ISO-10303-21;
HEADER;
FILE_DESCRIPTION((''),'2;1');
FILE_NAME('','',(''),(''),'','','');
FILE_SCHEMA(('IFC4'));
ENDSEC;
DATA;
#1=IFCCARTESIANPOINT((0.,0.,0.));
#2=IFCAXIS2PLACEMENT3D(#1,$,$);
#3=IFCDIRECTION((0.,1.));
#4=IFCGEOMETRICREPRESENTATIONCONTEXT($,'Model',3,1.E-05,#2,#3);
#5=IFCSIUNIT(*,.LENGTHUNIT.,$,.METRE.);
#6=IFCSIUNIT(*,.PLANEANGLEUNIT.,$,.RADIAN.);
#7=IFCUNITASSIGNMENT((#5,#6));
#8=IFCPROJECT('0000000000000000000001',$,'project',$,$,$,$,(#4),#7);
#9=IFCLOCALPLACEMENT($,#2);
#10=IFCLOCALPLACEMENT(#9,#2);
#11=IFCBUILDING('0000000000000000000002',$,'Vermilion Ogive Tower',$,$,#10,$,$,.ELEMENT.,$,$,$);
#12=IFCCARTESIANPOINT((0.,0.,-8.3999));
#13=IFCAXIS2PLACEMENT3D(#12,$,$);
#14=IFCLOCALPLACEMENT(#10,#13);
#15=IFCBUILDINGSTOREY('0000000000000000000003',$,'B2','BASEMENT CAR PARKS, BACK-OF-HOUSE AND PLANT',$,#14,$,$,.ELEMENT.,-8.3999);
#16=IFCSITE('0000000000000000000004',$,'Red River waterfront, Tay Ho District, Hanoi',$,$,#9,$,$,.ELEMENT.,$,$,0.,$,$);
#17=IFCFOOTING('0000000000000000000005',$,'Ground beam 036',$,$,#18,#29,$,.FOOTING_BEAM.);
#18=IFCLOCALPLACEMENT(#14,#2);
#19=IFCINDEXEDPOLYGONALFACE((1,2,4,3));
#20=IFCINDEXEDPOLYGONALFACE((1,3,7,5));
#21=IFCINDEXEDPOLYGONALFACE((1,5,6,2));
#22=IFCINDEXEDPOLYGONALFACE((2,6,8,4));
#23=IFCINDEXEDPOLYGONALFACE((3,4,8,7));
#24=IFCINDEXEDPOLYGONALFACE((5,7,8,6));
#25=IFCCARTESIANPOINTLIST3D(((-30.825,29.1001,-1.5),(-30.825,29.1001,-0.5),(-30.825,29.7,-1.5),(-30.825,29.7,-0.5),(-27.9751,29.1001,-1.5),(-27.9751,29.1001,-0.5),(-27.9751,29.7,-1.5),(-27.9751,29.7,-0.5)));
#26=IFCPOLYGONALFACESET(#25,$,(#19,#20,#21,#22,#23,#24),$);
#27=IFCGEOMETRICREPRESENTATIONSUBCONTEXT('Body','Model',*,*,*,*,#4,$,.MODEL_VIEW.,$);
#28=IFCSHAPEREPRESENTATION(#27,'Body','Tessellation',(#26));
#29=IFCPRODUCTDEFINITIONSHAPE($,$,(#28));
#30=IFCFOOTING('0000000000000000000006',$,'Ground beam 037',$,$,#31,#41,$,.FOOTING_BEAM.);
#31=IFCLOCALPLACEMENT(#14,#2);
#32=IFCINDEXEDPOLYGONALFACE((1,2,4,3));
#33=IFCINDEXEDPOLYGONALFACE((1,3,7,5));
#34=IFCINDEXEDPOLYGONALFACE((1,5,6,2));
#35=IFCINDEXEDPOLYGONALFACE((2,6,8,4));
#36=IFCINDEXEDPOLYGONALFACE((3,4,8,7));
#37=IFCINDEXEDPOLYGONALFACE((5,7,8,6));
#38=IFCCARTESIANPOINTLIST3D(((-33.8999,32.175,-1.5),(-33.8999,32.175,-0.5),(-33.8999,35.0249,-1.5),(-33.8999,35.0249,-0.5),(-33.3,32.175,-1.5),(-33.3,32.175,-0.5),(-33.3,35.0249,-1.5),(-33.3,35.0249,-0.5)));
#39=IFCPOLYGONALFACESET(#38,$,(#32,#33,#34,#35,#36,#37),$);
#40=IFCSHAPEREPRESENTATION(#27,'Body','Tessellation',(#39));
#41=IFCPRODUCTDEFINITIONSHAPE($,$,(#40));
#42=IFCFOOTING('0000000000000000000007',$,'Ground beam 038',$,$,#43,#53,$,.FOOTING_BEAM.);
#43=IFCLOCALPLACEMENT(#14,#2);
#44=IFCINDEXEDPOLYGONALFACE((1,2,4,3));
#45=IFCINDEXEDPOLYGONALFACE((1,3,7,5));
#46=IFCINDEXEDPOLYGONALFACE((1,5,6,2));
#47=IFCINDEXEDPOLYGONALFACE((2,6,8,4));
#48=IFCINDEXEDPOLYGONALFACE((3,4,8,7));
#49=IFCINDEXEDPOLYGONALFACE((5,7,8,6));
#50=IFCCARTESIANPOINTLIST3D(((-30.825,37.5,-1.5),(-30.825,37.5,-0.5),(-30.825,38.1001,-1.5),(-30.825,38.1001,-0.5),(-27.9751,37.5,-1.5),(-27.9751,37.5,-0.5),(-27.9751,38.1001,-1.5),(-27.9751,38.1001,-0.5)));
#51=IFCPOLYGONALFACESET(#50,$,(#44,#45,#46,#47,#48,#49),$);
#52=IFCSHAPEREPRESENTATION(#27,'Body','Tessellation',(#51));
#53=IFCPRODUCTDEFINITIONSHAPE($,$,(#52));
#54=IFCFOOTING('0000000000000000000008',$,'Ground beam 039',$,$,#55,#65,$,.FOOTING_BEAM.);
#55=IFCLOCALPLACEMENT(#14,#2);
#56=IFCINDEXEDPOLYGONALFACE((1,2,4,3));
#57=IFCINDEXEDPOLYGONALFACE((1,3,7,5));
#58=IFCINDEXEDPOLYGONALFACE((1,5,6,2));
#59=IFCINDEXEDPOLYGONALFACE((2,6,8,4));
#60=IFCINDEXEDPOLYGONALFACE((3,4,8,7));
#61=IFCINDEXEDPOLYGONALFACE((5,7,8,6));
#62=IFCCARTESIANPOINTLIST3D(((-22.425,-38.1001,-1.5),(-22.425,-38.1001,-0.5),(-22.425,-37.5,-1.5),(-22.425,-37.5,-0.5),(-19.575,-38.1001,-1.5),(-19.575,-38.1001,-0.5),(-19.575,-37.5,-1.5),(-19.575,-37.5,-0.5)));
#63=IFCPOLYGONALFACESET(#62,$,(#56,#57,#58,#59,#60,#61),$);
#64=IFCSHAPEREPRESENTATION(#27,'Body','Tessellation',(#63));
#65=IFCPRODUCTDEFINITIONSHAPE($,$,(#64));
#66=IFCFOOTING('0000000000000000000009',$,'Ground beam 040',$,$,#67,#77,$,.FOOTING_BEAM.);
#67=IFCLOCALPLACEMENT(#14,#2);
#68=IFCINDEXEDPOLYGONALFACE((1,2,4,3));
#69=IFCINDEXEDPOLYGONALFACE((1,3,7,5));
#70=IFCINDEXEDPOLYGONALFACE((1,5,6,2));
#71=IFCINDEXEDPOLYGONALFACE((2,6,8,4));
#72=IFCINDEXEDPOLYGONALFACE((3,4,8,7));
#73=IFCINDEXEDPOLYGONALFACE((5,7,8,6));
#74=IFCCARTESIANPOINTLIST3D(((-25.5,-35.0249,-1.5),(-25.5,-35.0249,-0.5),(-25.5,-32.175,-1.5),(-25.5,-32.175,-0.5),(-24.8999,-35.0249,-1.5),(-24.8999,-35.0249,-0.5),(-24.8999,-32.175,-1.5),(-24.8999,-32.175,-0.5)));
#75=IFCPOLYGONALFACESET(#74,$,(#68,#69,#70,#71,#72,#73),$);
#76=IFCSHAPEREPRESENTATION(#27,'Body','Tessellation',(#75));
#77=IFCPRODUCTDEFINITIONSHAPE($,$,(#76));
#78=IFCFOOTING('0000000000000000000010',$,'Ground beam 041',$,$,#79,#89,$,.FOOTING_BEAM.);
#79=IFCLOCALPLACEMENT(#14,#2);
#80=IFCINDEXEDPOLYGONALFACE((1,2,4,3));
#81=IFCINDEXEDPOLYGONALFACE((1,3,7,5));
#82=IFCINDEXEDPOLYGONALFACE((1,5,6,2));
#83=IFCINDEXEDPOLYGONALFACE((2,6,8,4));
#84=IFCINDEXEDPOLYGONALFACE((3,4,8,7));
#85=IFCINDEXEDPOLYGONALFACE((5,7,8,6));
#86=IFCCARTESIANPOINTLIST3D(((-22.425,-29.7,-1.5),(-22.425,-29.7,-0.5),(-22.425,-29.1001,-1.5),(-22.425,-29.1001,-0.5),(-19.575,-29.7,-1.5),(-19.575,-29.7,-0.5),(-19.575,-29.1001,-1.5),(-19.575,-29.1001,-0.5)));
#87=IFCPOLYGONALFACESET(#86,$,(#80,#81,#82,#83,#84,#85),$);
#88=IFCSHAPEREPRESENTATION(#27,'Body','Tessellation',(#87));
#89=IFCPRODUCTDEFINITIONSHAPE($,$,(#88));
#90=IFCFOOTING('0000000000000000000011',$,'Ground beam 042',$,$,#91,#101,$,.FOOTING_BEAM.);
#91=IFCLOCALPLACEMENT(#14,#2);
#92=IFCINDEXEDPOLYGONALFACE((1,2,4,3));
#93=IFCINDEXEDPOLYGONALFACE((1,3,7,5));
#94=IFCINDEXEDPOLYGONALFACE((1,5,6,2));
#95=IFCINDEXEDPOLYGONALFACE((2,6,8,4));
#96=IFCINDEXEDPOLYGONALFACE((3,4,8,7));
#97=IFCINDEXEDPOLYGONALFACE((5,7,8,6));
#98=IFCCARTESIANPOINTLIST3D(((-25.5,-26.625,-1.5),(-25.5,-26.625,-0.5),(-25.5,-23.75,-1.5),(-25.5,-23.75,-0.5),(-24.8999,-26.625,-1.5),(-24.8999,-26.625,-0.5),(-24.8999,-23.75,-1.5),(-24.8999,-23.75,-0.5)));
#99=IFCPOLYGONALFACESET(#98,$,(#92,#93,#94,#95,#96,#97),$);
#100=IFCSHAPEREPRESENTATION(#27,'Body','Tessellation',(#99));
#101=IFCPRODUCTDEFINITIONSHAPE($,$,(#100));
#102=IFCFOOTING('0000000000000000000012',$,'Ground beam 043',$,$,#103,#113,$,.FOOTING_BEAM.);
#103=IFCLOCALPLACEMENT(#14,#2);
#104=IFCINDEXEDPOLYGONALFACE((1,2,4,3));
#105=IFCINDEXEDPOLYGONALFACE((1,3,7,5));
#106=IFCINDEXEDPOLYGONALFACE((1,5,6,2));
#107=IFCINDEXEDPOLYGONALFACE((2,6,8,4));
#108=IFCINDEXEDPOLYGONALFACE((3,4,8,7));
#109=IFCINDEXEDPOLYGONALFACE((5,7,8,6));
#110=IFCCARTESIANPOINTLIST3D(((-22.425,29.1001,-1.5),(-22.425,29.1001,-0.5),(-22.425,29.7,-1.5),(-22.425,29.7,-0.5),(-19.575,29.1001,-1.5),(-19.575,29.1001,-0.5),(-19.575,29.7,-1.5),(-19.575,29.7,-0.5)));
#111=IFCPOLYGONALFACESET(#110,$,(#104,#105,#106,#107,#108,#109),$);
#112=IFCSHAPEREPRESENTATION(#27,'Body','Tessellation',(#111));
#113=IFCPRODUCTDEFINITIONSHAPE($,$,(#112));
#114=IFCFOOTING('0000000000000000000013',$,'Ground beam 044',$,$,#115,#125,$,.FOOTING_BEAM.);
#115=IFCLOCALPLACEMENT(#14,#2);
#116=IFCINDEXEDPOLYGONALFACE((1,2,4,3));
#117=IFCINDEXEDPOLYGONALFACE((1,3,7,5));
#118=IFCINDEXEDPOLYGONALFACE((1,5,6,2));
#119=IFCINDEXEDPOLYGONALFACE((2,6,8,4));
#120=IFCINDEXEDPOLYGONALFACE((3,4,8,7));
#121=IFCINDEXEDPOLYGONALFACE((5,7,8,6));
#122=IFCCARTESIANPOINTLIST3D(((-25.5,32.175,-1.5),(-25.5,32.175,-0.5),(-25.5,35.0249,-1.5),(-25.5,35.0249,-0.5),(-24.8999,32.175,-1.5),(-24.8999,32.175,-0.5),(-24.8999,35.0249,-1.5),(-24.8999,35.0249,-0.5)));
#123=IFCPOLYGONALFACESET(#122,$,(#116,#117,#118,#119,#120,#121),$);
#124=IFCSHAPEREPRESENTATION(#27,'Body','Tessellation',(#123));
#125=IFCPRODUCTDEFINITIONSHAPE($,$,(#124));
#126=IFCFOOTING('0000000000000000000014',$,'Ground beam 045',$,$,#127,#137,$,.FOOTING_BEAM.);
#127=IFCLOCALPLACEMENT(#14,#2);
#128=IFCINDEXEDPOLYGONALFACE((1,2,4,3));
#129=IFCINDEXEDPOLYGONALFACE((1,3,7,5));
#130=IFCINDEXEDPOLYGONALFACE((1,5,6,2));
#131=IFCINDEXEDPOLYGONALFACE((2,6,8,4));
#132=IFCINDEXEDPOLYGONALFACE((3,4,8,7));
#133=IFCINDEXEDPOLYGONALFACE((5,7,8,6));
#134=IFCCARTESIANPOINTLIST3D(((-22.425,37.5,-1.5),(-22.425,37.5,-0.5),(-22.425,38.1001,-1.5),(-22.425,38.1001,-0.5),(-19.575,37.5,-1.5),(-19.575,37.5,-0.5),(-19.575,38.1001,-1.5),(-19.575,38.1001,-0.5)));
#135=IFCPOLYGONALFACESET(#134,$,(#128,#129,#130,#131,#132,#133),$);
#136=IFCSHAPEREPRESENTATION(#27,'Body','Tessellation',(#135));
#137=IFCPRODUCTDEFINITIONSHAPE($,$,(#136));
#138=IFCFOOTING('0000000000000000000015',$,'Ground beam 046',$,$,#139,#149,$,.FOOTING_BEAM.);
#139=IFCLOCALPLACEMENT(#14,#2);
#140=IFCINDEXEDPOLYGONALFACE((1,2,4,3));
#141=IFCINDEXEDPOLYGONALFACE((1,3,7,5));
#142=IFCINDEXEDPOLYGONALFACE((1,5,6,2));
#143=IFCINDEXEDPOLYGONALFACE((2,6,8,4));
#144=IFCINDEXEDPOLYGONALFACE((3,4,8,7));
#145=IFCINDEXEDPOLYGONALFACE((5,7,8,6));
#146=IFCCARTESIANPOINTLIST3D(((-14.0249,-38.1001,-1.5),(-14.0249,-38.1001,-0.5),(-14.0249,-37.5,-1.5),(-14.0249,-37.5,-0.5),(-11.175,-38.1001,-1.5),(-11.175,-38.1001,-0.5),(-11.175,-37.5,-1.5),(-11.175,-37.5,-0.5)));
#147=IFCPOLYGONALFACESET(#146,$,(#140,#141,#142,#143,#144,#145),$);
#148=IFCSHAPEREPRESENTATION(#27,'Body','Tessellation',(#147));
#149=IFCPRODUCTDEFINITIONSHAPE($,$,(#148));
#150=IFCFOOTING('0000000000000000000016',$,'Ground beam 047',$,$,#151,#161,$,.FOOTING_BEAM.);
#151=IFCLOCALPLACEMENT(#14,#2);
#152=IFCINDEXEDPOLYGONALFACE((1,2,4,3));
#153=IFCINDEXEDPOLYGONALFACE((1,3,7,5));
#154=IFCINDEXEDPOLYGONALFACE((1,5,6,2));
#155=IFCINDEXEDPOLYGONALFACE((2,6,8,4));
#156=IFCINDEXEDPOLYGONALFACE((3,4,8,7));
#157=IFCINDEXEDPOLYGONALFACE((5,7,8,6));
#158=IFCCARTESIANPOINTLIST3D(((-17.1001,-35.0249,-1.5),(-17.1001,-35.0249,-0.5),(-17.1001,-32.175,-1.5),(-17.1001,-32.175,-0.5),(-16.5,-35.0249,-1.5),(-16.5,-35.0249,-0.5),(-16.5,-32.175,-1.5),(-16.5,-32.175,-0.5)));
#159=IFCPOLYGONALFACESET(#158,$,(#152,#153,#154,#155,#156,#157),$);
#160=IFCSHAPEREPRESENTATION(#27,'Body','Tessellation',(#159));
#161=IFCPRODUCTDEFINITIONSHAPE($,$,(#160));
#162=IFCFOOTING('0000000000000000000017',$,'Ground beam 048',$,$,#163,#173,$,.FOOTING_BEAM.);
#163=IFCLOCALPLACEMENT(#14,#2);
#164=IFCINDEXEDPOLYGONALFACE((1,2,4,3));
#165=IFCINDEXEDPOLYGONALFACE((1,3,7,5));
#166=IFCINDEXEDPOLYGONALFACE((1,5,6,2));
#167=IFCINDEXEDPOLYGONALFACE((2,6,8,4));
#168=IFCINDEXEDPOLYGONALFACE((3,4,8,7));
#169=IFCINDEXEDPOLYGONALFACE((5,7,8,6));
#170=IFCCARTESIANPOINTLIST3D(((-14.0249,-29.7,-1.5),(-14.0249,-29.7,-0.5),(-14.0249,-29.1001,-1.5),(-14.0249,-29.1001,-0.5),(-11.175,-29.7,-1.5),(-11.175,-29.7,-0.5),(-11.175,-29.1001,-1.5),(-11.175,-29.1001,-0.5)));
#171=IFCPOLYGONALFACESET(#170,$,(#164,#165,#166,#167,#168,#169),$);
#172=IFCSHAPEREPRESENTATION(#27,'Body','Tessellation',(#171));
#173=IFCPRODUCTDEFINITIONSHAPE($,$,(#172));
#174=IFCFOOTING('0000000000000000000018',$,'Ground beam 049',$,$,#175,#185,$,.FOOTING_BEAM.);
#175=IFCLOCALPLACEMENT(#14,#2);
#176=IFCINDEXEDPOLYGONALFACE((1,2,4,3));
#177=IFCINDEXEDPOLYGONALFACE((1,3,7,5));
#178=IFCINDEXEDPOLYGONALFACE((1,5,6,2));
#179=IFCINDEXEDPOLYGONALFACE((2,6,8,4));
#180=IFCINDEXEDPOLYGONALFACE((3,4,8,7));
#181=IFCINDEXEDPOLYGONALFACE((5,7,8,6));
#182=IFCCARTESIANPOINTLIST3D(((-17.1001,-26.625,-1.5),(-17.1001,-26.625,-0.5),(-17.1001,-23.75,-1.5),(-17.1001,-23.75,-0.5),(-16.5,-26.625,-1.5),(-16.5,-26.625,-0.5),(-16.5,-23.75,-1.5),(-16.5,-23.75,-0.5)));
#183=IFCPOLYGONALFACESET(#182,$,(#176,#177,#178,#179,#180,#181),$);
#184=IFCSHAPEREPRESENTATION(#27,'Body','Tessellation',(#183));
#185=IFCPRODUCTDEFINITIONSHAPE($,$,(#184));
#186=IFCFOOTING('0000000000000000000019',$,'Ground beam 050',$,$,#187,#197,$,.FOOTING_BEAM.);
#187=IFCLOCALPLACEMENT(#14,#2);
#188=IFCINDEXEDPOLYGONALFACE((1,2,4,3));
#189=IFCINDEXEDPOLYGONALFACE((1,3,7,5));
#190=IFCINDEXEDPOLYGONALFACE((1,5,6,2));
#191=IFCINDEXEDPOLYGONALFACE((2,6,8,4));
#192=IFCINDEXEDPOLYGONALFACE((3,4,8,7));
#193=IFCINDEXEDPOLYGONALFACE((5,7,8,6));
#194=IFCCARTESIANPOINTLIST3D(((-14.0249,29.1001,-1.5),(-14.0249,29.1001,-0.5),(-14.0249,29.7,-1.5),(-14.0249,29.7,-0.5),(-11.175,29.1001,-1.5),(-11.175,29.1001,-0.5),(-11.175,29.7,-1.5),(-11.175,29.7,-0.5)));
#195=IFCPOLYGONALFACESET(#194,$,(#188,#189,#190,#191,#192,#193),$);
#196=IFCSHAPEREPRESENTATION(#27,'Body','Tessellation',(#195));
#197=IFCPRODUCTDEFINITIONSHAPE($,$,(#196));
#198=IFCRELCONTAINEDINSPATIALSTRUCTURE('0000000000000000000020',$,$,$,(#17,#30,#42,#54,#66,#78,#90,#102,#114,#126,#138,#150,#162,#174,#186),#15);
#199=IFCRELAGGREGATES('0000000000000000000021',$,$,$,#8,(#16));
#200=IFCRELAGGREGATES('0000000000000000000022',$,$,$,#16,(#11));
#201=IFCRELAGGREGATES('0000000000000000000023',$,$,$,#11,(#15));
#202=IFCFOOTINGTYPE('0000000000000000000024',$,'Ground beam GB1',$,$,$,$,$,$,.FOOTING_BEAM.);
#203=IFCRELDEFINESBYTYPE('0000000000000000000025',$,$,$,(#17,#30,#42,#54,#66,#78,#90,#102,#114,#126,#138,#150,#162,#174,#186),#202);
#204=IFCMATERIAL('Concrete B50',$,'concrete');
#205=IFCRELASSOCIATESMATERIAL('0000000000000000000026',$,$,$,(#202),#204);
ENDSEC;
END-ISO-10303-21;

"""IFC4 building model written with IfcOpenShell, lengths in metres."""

from ifc_helpers import new_model, si_unit, direction, frame, origin, place, context, subcontext, project, spatial, polyline, outline, extrude, material, type_object, element, save


model = new_model("IFC4")

# Units and contexts
model_context = context("Model", 3, precision=1e-05, world=origin(), true_north=direction((0.0, 1.0)))
body_context = subcontext(model_context, "Body", "Model", "MODEL_VIEW")
ifc_project = project(units=[si_unit("LENGTHUNIT", "METRE"), si_unit("PLANEANGLEUNIT", "RADIAN")], contexts=[model_context])

# Site, building, storey
site_placement = place(None, origin())
site = spatial("IfcSite", under=ifc_project, at=site_placement, Name="Red River waterfront, Tay Ho District, Hanoi", CompositionType="ELEMENT", RefElevation=0.0)
building_placement = place(site_placement, origin())
building = spatial("IfcBuilding", under=site, at=building_placement, Name="Vermilion Ogive Tower", CompositionType="ELEMENT")
storey_placement = place(building_placement, frame((0.0, 0.0, -8.3999)))
storey = spatial("IfcBuildingStorey", under=building, at=storey_placement, Name="B2", Description="BASEMENT CAR PARKS, BACK-OF-HOUSE AND PLANT", CompositionType="ELEMENT", Elevation=-8.3999)

# Footings
ifc_material = material(Name="Concrete B50", Category="concrete")
footing_type = type_object("IfcFootingType", Name="Ground beam GB1", PredefinedType="FOOTING_BEAM", material=ifc_material)
footing_1_placement = place(storey_placement, frame((0.0, 0.0, -1.5)))
element("IfcFooting", 1, at=footing_1_placement, inside=storey, type_object=footing_type, Name="Ground beam 036", PredefinedType="FOOTING_BEAM", context=body_context, shape_type="SweptSolid", body=[
    extrude(outline(polyline([(-27.9751, 29.1001), (-27.9751, 29.7), (-30.825, 29.7), (-30.825, 29.1001), (-27.9751, 29.1001)])), origin(), (0.0, 0.0, 1.0), 1.0),
])
footing_2_placement = place(storey_placement, frame((0.0, 0.0, -1.5)))
element("IfcFooting", 2, at=footing_2_placement, inside=storey, type_object=footing_type, Name="Ground beam 037", PredefinedType="FOOTING_BEAM", context=body_context, shape_type="SweptSolid", body=[
    extrude(outline(polyline([(-33.3, 32.175), (-33.3, 35.0249), (-33.8999, 35.0249), (-33.8999, 32.175), (-33.3, 32.175)])), origin(), (0.0, 0.0, 1.0), 1.0),
])
footing_3_placement = place(storey_placement, frame((0.0, 0.0, -1.5)))
element("IfcFooting", 3, at=footing_3_placement, inside=storey, type_object=footing_type, Name="Ground beam 038", PredefinedType="FOOTING_BEAM", context=body_context, shape_type="SweptSolid", body=[
    extrude(outline(polyline([(-27.9751, 37.5), (-27.9751, 38.1001), (-30.825, 38.1001), (-30.825, 37.5), (-27.9751, 37.5)])), origin(), (0.0, 0.0, 1.0), 1.0),
])
footing_4_placement = place(storey_placement, frame((0.0, 0.0, -1.5)))
element("IfcFooting", 4, at=footing_4_placement, inside=storey, type_object=footing_type, Name="Ground beam 039", PredefinedType="FOOTING_BEAM", context=body_context, shape_type="SweptSolid", body=[
    extrude(outline(polyline([(-19.575, -38.1001), (-19.575, -37.5), (-22.425, -37.5), (-22.425, -38.1001), (-19.575, -38.1001)])), origin(), (0.0, 0.0, 1.0), 1.0),
])
footing_5_placement = place(storey_placement, frame((0.0, 0.0, -1.5)))
element("IfcFooting", 5, at=footing_5_placement, inside=storey, type_object=footing_type, Name="Ground beam 040", PredefinedType="FOOTING_BEAM", context=body_context, shape_type="SweptSolid", body=[
    extrude(outline(polyline([(-24.8999, -35.0249), (-24.8999, -32.175), (-25.5, -32.175), (-25.5, -35.0249), (-24.8999, -35.0249)])), origin(), (0.0, 0.0, 1.0), 1.0),
])
footing_6_placement = place(storey_placement, frame((0.0, 0.0, -1.5)))
element("IfcFooting", 6, at=footing_6_placement, inside=storey, type_object=footing_type, Name="Ground beam 041", PredefinedType="FOOTING_BEAM", context=body_context, shape_type="SweptSolid", body=[
    extrude(outline(polyline([(-19.575, -29.7), (-19.575, -29.1001), (-22.425, -29.1001), (-22.425, -29.7), (-19.575, -29.7)])), origin(), (0.0, 0.0, 1.0), 1.0),
])
footing_7_placement = place(storey_placement, frame((0.0, 0.0, -1.5)))
element("IfcFooting", 7, at=footing_7_placement, inside=storey, type_object=footing_type, Name="Ground beam 042", PredefinedType="FOOTING_BEAM", context=body_context, shape_type="SweptSolid", body=[
    extrude(outline(polyline([(-24.8999, -26.625), (-24.8999, -23.75), (-25.5, -23.75), (-25.5, -26.625), (-24.8999, -26.625)])), origin(), (0.0, 0.0, 1.0), 1.0),
])
footing_8_placement = place(storey_placement, frame((0.0, 0.0, -1.5)))
element("IfcFooting", 8, at=footing_8_placement, inside=storey, type_object=footing_type, Name="Ground beam 043", PredefinedType="FOOTING_BEAM", context=body_context, shape_type="SweptSolid", body=[
    extrude(outline(polyline([(-19.575, 29.1001), (-19.575, 29.7), (-22.425, 29.7), (-22.425, 29.1001), (-19.575, 29.1001)])), origin(), (0.0, 0.0, 1.0), 1.0),
])
footing_9_placement = place(storey_placement, frame((0.0, 0.0, -1.5)))
element("IfcFooting", 9, at=footing_9_placement, inside=storey, type_object=footing_type, Name="Ground beam 044", PredefinedType="FOOTING_BEAM", context=body_context, shape_type="SweptSolid", body=[
    extrude(outline(polyline([(-24.8999, 32.175), (-24.8999, 35.0249), (-25.5, 35.0249), (-25.5, 32.175), (-24.8999, 32.175)])), origin(), (0.0, 0.0, 1.0), 1.0),
])
footing_10_placement = place(storey_placement, frame((0.0, 0.0, -1.5)))
element("IfcFooting", 10, at=footing_10_placement, inside=storey, type_object=footing_type, Name="Ground beam 045", PredefinedType="FOOTING_BEAM", context=body_context, shape_type="SweptSolid", body=[
    extrude(outline(polyline([(-19.575, 37.5), (-19.575, 38.1001), (-22.425, 38.1001), (-22.425, 37.5), (-19.575, 37.5)])), origin(), (0.0, 0.0, 1.0), 1.0),
])
footing_11_placement = place(storey_placement, frame((0.0, 0.0, -1.5)))
element("IfcFooting", 11, at=footing_11_placement, inside=storey, type_object=footing_type, Name="Ground beam 046", PredefinedType="FOOTING_BEAM", context=body_context, shape_type="SweptSolid", body=[
    extrude(outline(polyline([(-11.175, -38.1001), (-11.175, -37.5), (-14.0249, -37.5), (-14.0249, -38.1001), (-11.175, -38.1001)])), origin(), (0.0, 0.0, 1.0), 1.0),
])
footing_12_placement = place(storey_placement, frame((0.0, 0.0, -1.5)))
element("IfcFooting", 12, at=footing_12_placement, inside=storey, type_object=footing_type, Name="Ground beam 047", PredefinedType="FOOTING_BEAM", context=body_context, shape_type="SweptSolid", body=[
    extrude(outline(polyline([(-16.5, -35.0249), (-16.5, -32.175), (-17.1001, -32.175), (-17.1001, -35.0249), (-16.5, -35.0249)])), origin(), (0.0, 0.0, 1.0), 1.0),
])
footing_13_placement = place(storey_placement, frame((0.0, 0.0, -1.5)))
element("IfcFooting", 13, at=footing_13_placement, inside=storey, type_object=footing_type, Name="Ground beam 048", PredefinedType="FOOTING_BEAM", context=body_context, shape_type="SweptSolid", body=[
    extrude(outline(polyline([(-11.175, -29.7), (-11.175, -29.1001), (-14.0249, -29.1001), (-14.0249, -29.7), (-11.175, -29.7)])), origin(), (0.0, 0.0, 1.0), 1.0),
])
footing_14_placement = place(storey_placement, frame((0.0, 0.0, -1.5)))
element("IfcFooting", 14, at=footing_14_placement, inside=storey, type_object=footing_type, Name="Ground beam 049", PredefinedType="FOOTING_BEAM", context=body_context, shape_type="SweptSolid", body=[
    extrude(outline(polyline([(-16.5, -26.625), (-16.5, -23.75), (-17.1001, -23.75), (-17.1001, -26.625), (-16.5, -26.625)])), origin(), (0.0, 0.0, 1.0), 1.0),
])
footing_15_placement = place(storey_placement, frame((0.0, 0.0, -1.5)))
element("IfcFooting", 15, at=footing_15_placement, inside=storey, type_object=footing_type, Name="Ground beam 050", PredefinedType="FOOTING_BEAM", context=body_context, shape_type="SweptSolid", body=[
    extrude(outline(polyline([(-11.175, 29.1001), (-11.175, 29.7), (-14.0249, 29.7), (-14.0249, 29.1001), (-11.175, 29.1001)])), origin(), (0.0, 0.0, 1.0), 1.0),
])

save(model, "model.ifc")
